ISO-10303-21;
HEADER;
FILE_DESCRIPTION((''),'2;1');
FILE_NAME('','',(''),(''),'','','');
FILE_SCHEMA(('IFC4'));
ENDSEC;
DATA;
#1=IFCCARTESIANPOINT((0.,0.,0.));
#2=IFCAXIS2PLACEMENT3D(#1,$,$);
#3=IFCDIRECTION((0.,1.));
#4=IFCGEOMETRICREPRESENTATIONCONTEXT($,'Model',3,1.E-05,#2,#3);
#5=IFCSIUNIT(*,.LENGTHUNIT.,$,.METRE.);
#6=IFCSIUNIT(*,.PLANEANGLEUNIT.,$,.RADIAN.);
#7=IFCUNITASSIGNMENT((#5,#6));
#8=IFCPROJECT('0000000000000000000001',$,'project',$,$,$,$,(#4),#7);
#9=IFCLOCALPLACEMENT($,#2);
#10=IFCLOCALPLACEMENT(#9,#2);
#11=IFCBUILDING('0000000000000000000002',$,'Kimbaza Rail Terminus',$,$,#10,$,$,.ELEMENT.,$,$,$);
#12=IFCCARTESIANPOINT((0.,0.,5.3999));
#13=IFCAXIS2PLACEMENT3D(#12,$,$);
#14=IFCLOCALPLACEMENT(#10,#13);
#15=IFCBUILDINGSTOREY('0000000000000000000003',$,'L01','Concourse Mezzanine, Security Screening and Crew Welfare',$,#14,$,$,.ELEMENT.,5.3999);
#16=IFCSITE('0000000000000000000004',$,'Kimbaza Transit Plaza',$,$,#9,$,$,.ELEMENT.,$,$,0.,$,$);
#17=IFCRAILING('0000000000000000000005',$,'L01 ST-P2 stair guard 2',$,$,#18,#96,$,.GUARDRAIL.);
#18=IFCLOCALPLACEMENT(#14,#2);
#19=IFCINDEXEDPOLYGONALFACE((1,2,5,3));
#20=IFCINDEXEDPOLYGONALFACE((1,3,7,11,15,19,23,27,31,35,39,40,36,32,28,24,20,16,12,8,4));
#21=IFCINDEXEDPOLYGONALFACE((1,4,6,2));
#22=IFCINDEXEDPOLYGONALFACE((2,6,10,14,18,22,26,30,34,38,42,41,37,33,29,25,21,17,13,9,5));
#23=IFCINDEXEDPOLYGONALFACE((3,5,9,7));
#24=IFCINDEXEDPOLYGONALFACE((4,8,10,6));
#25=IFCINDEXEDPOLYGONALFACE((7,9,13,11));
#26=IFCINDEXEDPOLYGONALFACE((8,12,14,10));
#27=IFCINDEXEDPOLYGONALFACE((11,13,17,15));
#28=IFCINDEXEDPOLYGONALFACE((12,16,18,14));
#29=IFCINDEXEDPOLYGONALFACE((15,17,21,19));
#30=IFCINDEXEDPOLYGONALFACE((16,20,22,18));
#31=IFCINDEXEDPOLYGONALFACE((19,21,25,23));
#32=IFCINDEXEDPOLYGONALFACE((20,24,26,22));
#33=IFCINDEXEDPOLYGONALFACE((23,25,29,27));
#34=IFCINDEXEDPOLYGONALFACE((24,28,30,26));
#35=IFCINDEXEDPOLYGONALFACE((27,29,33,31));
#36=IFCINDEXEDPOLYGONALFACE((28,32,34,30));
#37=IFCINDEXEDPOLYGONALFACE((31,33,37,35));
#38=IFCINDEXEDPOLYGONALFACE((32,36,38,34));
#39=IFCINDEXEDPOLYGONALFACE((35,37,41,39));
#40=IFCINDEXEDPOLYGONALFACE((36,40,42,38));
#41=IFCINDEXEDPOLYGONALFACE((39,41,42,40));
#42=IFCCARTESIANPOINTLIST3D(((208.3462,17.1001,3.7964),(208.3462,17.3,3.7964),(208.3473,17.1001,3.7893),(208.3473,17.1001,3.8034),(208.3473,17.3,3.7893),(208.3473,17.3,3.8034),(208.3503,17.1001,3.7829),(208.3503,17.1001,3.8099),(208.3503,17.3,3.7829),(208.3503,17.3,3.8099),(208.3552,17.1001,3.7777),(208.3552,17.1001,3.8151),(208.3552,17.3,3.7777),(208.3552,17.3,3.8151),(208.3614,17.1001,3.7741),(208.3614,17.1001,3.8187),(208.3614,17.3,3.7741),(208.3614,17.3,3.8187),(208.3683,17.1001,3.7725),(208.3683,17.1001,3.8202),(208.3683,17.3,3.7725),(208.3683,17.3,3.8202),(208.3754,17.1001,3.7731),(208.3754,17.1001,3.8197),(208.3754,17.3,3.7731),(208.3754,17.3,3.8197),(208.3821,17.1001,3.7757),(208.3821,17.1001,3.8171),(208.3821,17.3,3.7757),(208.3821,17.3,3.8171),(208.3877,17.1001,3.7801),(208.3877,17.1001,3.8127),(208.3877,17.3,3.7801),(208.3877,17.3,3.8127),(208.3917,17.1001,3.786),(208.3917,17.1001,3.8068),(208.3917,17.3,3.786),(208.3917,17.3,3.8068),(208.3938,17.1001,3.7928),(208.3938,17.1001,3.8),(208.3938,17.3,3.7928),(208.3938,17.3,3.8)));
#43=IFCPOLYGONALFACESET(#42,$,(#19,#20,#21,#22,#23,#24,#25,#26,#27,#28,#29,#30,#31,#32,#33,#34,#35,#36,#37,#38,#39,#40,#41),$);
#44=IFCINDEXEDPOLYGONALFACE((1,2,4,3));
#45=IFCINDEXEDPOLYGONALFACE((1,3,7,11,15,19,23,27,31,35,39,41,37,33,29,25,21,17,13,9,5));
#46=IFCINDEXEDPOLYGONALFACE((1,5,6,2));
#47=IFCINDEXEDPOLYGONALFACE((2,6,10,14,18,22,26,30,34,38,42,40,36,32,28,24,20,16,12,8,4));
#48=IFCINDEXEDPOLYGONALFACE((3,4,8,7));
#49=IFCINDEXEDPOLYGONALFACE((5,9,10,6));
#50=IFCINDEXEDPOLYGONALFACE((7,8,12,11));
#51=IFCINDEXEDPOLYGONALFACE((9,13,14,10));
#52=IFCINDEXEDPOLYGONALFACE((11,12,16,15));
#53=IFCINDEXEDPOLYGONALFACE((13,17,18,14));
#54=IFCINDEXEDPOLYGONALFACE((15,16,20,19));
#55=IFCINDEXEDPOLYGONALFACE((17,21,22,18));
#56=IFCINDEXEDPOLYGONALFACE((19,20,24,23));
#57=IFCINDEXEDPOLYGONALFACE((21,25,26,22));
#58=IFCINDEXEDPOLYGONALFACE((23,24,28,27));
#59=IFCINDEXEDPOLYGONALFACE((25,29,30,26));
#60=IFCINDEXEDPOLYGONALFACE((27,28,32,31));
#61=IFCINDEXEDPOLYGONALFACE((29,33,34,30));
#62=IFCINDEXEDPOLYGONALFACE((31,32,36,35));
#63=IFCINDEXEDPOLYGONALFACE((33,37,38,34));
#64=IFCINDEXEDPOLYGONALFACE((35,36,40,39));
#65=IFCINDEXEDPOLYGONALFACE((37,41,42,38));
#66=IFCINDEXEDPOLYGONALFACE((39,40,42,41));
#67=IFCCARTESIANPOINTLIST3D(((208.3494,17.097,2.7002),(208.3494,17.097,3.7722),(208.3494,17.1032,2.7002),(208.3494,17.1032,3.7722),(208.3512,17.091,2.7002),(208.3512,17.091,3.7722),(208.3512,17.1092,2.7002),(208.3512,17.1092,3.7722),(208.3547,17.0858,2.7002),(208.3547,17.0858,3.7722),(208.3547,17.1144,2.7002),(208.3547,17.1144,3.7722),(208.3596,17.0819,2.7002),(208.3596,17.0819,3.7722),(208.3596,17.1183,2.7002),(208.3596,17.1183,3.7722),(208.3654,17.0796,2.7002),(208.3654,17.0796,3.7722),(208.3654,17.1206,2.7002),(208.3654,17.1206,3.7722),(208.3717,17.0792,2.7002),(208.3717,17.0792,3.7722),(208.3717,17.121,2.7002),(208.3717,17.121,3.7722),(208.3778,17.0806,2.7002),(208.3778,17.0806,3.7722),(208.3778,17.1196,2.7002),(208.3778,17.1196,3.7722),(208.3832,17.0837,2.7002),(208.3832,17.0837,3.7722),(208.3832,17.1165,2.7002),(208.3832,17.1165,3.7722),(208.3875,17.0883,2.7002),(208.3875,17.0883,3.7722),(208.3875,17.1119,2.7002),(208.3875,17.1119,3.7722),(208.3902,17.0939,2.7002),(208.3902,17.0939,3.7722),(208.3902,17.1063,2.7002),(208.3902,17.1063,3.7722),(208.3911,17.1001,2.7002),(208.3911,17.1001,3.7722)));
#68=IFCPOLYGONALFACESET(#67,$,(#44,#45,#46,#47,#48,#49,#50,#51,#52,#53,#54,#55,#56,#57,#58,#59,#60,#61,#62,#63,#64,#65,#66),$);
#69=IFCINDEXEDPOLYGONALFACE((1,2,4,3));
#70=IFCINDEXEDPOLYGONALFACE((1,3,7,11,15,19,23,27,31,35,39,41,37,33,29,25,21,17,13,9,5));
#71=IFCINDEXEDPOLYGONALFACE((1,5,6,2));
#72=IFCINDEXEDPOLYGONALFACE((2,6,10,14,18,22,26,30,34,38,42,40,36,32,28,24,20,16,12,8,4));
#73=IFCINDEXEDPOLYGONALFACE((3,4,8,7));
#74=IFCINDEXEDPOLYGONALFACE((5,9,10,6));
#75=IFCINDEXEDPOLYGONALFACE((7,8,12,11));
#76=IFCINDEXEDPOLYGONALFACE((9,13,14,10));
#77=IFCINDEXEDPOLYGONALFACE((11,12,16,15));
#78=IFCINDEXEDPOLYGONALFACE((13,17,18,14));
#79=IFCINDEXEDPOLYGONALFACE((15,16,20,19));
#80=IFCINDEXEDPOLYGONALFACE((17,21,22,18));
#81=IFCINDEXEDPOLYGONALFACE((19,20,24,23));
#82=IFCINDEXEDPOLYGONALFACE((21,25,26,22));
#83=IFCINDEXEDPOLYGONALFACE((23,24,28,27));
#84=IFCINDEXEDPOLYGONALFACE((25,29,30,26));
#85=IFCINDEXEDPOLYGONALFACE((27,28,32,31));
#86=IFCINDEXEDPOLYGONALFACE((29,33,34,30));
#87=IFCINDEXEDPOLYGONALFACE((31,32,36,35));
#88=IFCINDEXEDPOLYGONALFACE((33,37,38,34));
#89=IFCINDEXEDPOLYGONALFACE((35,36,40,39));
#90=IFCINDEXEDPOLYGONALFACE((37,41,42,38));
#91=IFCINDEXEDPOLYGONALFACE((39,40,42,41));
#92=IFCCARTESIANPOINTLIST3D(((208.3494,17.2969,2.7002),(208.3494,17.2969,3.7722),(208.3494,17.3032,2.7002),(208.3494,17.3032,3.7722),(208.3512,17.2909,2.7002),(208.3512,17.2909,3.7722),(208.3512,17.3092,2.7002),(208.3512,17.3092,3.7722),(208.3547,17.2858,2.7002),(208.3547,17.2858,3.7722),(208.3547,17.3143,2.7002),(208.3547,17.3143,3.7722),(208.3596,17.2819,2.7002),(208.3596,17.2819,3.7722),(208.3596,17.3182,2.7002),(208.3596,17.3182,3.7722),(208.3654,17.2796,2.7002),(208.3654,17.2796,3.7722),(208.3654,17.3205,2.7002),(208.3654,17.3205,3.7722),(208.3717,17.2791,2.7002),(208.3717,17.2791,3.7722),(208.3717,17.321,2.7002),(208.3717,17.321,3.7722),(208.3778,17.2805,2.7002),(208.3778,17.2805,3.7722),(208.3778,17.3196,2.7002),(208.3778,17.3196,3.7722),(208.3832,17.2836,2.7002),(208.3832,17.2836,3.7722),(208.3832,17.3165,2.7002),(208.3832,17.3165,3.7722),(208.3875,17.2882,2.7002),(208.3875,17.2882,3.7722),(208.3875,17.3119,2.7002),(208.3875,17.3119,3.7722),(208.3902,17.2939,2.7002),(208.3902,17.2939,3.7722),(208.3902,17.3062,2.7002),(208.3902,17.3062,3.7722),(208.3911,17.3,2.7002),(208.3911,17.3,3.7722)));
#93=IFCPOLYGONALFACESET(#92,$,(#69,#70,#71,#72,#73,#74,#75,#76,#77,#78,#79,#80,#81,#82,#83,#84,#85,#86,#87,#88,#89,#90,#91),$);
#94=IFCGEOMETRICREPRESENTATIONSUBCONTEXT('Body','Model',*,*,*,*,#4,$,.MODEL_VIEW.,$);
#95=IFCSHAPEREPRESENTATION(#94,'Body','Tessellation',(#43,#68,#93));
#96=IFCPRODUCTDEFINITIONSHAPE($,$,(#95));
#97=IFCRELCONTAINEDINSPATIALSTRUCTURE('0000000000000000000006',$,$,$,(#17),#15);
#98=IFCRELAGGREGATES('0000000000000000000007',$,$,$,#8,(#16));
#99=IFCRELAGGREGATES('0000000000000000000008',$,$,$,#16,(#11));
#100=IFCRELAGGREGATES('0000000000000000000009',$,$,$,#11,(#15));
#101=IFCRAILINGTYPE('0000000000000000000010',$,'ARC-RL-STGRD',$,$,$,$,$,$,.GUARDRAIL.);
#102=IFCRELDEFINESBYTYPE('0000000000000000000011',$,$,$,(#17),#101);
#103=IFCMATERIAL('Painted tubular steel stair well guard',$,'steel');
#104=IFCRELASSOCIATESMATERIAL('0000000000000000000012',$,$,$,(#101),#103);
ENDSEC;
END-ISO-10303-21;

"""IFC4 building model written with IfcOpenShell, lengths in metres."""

from ifc_helpers import new_model, si_unit, direction, frame, origin, origin_2d, place, context, subcontext, project, spatial, circle, extrude, material, type_object, element, save


model = new_model("IFC4")

# Units and contexts
model_context = context("Model", 3, precision=1e-05, world=origin(), true_north=direction((0.0, 1.0)))
body_context = subcontext(model_context, "Body", "Model", "MODEL_VIEW")
ifc_project = project(units=[si_unit("LENGTHUNIT", "METRE"), si_unit("PLANEANGLEUNIT", "RADIAN")], contexts=[model_context])

# Site, building, storey
site_placement = place(None, origin())
site = spatial("IfcSite", under=ifc_project, at=site_placement, Name="Kimbaza Transit Plaza", CompositionType="ELEMENT", RefElevation=0.0)
building_placement = place(site_placement, origin())
building = spatial("IfcBuilding", under=site, at=building_placement, Name="Kimbaza Rail Terminus", CompositionType="ELEMENT")
storey_placement = place(building_placement, frame((0.0, 0.0, 5.3999)))
storey = spatial("IfcBuildingStorey", under=building, at=storey_placement, Name="L01", Description="Concourse Mezzanine, Security Screening and Crew Welfare", CompositionType="ELEMENT", Elevation=5.3999)

# Railing
ifc_material_1 = material(Name="Painted tubular steel stair well guard", Category="steel")
railing_type_1 = type_object("IfcRailingType", Name="ARC-RL-STGRD", PredefinedType="GUARDRAIL", material=ifc_material_1)
railing_1_placement = place(storey_placement, frame((208.3701, 17.1001, 2.7002)))
element("IfcRailing", 1, at=railing_1_placement, inside=storey, type_object=railing_type_1, Name="L01 ST-P2 stair guard 2", PredefinedType="GUARDRAIL", context=body_context, shape_type="SweptSolid", body=[
    extrude(circle(Radius=0.0239, at=origin_2d()), frame((0.0, 0.0, 1.0962), z_axis=(0.0, 1.0, 0.0), x_axis=(-1.0, 0.0, 0.0)), (0.0, 0.0, 1.0), 0.2),
    extrude(circle(Radius=0.021, at=origin_2d()), origin(), (0.0, 0.0, 1.0), 1.072),
    extrude(circle(Radius=0.021, at=origin_2d()), frame((0.0, 0.2, 0.0)), (0.0, 0.0, 1.0), 1.072),
])

save(model, "model.ifc")
